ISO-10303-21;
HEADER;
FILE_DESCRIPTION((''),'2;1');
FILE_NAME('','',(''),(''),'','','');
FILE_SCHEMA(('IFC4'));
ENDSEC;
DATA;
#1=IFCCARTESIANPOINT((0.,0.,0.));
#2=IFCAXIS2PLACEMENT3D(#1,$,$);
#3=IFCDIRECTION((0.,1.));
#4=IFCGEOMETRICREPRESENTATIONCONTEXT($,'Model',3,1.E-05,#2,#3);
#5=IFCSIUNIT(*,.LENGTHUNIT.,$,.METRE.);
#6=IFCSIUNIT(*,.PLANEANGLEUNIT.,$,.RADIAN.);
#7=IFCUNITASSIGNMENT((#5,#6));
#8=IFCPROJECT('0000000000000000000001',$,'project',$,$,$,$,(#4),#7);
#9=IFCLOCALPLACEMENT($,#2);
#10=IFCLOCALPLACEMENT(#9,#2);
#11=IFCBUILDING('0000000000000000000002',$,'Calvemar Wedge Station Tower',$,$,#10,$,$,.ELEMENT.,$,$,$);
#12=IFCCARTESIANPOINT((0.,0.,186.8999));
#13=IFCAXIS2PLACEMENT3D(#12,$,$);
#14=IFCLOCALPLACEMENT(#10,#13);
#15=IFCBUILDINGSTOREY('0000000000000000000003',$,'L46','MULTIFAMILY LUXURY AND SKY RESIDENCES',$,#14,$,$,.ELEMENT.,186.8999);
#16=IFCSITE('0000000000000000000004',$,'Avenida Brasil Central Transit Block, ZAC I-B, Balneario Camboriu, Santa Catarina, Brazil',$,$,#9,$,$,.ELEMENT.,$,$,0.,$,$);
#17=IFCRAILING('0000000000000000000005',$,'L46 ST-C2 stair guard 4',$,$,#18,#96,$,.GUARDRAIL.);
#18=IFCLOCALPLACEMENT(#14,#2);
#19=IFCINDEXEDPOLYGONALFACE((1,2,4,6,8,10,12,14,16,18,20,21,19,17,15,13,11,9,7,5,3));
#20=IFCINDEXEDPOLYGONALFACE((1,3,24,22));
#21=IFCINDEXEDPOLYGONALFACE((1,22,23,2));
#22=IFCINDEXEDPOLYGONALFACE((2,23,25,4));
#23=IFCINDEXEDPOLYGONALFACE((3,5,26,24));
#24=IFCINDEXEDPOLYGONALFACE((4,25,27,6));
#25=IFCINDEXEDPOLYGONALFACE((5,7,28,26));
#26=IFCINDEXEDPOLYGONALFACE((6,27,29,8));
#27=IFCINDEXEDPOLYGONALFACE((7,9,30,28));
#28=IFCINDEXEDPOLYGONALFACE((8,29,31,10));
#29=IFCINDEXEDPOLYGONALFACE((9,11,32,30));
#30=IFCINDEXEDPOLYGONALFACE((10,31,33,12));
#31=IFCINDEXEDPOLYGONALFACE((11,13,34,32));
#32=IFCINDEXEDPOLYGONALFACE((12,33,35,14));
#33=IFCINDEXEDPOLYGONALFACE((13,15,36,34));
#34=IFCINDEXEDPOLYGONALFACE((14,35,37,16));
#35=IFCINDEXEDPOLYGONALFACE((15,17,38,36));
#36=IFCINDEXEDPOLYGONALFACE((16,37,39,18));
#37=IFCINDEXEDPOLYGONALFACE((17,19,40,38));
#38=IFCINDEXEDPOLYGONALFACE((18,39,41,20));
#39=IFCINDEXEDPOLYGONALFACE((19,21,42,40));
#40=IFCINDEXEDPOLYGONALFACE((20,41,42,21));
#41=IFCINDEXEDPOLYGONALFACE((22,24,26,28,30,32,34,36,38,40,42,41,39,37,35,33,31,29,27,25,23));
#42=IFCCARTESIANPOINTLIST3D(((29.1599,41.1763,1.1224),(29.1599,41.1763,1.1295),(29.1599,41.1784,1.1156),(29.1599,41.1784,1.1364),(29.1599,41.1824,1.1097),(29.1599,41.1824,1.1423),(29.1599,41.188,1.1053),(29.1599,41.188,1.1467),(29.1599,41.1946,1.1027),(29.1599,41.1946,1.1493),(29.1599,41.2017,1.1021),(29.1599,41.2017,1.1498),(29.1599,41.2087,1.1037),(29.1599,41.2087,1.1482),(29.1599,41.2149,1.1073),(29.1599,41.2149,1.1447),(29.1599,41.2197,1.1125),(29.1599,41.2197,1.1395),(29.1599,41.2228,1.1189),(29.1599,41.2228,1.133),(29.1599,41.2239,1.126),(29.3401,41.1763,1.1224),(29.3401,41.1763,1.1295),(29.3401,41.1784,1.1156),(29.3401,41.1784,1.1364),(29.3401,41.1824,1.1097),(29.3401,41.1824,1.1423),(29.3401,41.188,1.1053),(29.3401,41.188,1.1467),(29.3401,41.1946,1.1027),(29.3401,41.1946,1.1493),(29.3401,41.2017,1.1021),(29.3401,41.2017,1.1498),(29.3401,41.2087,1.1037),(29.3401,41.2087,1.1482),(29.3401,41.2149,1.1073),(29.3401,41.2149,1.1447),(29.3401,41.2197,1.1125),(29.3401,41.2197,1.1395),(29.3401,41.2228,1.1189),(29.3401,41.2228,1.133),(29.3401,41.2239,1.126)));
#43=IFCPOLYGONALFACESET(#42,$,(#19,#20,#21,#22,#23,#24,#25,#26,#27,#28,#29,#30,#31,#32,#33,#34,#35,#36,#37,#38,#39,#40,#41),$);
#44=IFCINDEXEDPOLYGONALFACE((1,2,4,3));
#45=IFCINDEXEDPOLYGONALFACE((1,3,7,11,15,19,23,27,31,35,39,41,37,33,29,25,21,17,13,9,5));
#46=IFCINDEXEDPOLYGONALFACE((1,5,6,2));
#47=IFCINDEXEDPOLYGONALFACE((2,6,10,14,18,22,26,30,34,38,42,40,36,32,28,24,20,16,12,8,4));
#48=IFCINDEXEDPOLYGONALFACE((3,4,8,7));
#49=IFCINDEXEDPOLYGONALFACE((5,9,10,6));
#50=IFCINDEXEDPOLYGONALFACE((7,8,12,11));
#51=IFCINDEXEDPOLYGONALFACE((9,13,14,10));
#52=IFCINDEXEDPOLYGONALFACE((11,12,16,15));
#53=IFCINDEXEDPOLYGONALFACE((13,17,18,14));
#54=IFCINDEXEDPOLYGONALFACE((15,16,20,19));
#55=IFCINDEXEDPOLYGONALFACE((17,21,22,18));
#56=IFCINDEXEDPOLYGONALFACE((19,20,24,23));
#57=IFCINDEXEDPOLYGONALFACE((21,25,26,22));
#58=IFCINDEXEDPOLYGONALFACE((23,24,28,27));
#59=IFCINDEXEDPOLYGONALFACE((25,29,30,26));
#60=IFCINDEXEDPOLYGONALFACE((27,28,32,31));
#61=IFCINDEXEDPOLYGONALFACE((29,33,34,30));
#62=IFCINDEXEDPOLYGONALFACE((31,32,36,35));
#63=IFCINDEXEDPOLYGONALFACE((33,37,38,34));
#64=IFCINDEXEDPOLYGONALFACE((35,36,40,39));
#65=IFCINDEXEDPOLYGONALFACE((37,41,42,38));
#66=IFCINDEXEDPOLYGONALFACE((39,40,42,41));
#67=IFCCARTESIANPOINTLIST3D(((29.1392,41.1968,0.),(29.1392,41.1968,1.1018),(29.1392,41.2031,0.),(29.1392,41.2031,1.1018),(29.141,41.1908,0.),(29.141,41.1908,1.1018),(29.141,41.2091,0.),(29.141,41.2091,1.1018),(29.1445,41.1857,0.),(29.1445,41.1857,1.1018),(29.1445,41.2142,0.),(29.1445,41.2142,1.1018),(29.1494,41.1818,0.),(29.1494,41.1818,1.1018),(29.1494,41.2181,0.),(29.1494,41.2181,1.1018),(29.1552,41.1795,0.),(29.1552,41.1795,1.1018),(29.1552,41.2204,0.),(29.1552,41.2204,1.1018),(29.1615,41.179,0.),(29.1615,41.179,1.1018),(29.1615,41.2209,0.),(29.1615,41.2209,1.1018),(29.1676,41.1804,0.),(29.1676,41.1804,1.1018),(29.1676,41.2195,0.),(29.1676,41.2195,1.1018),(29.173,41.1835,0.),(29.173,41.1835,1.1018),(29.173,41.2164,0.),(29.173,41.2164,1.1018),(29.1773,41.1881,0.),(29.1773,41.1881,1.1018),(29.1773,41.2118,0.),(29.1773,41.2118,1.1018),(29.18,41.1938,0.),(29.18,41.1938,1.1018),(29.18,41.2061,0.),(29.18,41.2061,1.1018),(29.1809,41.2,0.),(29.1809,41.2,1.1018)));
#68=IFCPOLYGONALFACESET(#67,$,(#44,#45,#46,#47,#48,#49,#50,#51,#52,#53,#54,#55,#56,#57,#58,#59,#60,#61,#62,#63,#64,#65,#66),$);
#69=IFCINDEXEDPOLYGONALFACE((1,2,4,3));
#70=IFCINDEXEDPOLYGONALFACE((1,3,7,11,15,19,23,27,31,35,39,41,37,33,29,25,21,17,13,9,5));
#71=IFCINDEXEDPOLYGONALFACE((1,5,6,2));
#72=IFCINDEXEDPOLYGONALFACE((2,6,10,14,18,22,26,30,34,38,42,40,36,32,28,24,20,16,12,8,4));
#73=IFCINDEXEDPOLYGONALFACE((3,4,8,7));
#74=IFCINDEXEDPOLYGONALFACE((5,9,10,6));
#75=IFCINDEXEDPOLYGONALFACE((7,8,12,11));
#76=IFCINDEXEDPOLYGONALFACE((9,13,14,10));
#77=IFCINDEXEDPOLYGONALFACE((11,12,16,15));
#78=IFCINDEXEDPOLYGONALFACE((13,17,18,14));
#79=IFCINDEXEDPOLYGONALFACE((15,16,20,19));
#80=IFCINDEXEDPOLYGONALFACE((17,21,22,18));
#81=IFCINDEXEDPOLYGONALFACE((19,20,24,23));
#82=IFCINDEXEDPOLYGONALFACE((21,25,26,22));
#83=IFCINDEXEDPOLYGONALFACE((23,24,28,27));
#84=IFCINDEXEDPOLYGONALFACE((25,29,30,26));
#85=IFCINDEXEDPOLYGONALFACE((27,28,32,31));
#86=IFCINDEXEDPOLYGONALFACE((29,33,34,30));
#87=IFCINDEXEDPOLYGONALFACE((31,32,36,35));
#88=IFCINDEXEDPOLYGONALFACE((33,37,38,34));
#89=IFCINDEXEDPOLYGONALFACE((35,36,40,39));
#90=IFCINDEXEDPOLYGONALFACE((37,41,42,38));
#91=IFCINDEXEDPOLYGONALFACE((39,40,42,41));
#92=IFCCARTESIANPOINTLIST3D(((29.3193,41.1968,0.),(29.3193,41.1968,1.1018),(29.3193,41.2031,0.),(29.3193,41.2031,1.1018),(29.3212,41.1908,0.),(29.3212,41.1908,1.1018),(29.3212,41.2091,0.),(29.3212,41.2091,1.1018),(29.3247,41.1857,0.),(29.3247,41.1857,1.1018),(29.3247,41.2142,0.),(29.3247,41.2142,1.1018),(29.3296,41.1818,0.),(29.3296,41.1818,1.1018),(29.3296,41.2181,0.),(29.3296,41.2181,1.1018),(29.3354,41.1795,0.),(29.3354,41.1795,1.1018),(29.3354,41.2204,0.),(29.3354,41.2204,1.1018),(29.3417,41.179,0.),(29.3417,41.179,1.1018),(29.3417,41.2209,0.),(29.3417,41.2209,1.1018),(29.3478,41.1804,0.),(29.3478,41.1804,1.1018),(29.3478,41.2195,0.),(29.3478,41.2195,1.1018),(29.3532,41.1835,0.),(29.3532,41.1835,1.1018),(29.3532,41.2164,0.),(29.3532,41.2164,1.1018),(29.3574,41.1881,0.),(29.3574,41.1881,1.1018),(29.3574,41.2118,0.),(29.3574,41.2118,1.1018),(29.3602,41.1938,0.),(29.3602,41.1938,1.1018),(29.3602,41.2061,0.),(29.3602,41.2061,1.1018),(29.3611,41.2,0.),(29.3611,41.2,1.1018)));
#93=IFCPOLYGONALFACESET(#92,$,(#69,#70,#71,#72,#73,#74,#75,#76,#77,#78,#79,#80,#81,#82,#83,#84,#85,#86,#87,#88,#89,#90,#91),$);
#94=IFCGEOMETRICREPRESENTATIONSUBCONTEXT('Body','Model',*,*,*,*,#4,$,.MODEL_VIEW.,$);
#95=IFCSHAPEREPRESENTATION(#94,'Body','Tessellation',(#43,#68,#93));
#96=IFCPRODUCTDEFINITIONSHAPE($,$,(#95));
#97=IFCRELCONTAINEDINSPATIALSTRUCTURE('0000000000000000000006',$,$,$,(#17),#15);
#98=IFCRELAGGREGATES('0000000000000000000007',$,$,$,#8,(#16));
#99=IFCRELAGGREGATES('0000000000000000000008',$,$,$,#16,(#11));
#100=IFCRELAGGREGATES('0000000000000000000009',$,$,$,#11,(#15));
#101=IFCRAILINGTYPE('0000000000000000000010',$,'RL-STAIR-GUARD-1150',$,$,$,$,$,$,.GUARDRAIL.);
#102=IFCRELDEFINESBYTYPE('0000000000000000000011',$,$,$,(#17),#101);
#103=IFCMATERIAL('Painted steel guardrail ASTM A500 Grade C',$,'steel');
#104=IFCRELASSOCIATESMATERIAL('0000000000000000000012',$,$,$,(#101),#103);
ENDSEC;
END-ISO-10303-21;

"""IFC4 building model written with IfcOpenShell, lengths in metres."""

from ifc_helpers import new_model, si_unit, direction, frame, origin, origin_2d, place, context, subcontext, project, spatial, circle, extrude, material, type_object, element, save


model = new_model("IFC4")

# Units and contexts
model_context = context("Model", 3, precision=1e-05, world=origin(), true_north=direction((0.0, 1.0)))
body_context = subcontext(model_context, "Body", "Model", "MODEL_VIEW")
ifc_project = project(units=[si_unit("LENGTHUNIT", "METRE"), si_unit("PLANEANGLEUNIT", "RADIAN")], contexts=[model_context])

# Site, building, storey
site_placement = place(None, origin())
site = spatial("IfcSite", under=ifc_project, at=site_placement, Name="Avenida Brasil Central Transit Block, ZAC I-B, Balneario Camboriu, Santa Catarina, Brazil", CompositionType="ELEMENT", RefElevation=0.0)
building_placement = place(site_placement, origin())
building = spatial("IfcBuilding", under=site, at=building_placement, Name="Calvemar Wedge Station Tower", CompositionType="ELEMENT")
storey_placement = place(building_placement, frame((0.0, 0.0, 186.8999)))
storey = spatial("IfcBuildingStorey", under=building, at=storey_placement, Name="L46", Description="MULTIFAMILY LUXURY AND SKY RESIDENCES", CompositionType="ELEMENT", Elevation=186.8999)

# Railing
ifc_material_1 = material(Name="Painted steel guardrail ASTM A500 Grade C", Category="steel")
railing_type_1 = type_object("IfcRailingType", Name="RL-STAIR-GUARD-1150", PredefinedType="GUARDRAIL", material=ifc_material_1)
railing_1_placement = place(storey_placement, frame((29.1599, 41.2, 0.0)))
element("IfcRailing", 1, at=railing_1_placement, inside=storey, type_object=railing_type_1, Name="L46 ST-C2 stair guard 4", PredefinedType="GUARDRAIL", context=body_context, shape_type="SweptSolid", body=[
    extrude(circle(Radius=0.0239, at=origin_2d()), frame((0.0, 0.0, 1.126), z_axis=(1.0, 0.0, 0.0), x_axis=(0.0, 1.0, 0.0)), (0.0, 0.0, 1.0), 0.1802),
    extrude(circle(Radius=0.021, at=origin_2d()), origin(), (0.0, 0.0, 1.0), 1.1018),
    extrude(circle(Radius=0.021, at=origin_2d()), frame((0.1802, 0.0, 0.0)), (0.0, 0.0, 1.0), 1.1018),
])

save(model, "model.ifc")
